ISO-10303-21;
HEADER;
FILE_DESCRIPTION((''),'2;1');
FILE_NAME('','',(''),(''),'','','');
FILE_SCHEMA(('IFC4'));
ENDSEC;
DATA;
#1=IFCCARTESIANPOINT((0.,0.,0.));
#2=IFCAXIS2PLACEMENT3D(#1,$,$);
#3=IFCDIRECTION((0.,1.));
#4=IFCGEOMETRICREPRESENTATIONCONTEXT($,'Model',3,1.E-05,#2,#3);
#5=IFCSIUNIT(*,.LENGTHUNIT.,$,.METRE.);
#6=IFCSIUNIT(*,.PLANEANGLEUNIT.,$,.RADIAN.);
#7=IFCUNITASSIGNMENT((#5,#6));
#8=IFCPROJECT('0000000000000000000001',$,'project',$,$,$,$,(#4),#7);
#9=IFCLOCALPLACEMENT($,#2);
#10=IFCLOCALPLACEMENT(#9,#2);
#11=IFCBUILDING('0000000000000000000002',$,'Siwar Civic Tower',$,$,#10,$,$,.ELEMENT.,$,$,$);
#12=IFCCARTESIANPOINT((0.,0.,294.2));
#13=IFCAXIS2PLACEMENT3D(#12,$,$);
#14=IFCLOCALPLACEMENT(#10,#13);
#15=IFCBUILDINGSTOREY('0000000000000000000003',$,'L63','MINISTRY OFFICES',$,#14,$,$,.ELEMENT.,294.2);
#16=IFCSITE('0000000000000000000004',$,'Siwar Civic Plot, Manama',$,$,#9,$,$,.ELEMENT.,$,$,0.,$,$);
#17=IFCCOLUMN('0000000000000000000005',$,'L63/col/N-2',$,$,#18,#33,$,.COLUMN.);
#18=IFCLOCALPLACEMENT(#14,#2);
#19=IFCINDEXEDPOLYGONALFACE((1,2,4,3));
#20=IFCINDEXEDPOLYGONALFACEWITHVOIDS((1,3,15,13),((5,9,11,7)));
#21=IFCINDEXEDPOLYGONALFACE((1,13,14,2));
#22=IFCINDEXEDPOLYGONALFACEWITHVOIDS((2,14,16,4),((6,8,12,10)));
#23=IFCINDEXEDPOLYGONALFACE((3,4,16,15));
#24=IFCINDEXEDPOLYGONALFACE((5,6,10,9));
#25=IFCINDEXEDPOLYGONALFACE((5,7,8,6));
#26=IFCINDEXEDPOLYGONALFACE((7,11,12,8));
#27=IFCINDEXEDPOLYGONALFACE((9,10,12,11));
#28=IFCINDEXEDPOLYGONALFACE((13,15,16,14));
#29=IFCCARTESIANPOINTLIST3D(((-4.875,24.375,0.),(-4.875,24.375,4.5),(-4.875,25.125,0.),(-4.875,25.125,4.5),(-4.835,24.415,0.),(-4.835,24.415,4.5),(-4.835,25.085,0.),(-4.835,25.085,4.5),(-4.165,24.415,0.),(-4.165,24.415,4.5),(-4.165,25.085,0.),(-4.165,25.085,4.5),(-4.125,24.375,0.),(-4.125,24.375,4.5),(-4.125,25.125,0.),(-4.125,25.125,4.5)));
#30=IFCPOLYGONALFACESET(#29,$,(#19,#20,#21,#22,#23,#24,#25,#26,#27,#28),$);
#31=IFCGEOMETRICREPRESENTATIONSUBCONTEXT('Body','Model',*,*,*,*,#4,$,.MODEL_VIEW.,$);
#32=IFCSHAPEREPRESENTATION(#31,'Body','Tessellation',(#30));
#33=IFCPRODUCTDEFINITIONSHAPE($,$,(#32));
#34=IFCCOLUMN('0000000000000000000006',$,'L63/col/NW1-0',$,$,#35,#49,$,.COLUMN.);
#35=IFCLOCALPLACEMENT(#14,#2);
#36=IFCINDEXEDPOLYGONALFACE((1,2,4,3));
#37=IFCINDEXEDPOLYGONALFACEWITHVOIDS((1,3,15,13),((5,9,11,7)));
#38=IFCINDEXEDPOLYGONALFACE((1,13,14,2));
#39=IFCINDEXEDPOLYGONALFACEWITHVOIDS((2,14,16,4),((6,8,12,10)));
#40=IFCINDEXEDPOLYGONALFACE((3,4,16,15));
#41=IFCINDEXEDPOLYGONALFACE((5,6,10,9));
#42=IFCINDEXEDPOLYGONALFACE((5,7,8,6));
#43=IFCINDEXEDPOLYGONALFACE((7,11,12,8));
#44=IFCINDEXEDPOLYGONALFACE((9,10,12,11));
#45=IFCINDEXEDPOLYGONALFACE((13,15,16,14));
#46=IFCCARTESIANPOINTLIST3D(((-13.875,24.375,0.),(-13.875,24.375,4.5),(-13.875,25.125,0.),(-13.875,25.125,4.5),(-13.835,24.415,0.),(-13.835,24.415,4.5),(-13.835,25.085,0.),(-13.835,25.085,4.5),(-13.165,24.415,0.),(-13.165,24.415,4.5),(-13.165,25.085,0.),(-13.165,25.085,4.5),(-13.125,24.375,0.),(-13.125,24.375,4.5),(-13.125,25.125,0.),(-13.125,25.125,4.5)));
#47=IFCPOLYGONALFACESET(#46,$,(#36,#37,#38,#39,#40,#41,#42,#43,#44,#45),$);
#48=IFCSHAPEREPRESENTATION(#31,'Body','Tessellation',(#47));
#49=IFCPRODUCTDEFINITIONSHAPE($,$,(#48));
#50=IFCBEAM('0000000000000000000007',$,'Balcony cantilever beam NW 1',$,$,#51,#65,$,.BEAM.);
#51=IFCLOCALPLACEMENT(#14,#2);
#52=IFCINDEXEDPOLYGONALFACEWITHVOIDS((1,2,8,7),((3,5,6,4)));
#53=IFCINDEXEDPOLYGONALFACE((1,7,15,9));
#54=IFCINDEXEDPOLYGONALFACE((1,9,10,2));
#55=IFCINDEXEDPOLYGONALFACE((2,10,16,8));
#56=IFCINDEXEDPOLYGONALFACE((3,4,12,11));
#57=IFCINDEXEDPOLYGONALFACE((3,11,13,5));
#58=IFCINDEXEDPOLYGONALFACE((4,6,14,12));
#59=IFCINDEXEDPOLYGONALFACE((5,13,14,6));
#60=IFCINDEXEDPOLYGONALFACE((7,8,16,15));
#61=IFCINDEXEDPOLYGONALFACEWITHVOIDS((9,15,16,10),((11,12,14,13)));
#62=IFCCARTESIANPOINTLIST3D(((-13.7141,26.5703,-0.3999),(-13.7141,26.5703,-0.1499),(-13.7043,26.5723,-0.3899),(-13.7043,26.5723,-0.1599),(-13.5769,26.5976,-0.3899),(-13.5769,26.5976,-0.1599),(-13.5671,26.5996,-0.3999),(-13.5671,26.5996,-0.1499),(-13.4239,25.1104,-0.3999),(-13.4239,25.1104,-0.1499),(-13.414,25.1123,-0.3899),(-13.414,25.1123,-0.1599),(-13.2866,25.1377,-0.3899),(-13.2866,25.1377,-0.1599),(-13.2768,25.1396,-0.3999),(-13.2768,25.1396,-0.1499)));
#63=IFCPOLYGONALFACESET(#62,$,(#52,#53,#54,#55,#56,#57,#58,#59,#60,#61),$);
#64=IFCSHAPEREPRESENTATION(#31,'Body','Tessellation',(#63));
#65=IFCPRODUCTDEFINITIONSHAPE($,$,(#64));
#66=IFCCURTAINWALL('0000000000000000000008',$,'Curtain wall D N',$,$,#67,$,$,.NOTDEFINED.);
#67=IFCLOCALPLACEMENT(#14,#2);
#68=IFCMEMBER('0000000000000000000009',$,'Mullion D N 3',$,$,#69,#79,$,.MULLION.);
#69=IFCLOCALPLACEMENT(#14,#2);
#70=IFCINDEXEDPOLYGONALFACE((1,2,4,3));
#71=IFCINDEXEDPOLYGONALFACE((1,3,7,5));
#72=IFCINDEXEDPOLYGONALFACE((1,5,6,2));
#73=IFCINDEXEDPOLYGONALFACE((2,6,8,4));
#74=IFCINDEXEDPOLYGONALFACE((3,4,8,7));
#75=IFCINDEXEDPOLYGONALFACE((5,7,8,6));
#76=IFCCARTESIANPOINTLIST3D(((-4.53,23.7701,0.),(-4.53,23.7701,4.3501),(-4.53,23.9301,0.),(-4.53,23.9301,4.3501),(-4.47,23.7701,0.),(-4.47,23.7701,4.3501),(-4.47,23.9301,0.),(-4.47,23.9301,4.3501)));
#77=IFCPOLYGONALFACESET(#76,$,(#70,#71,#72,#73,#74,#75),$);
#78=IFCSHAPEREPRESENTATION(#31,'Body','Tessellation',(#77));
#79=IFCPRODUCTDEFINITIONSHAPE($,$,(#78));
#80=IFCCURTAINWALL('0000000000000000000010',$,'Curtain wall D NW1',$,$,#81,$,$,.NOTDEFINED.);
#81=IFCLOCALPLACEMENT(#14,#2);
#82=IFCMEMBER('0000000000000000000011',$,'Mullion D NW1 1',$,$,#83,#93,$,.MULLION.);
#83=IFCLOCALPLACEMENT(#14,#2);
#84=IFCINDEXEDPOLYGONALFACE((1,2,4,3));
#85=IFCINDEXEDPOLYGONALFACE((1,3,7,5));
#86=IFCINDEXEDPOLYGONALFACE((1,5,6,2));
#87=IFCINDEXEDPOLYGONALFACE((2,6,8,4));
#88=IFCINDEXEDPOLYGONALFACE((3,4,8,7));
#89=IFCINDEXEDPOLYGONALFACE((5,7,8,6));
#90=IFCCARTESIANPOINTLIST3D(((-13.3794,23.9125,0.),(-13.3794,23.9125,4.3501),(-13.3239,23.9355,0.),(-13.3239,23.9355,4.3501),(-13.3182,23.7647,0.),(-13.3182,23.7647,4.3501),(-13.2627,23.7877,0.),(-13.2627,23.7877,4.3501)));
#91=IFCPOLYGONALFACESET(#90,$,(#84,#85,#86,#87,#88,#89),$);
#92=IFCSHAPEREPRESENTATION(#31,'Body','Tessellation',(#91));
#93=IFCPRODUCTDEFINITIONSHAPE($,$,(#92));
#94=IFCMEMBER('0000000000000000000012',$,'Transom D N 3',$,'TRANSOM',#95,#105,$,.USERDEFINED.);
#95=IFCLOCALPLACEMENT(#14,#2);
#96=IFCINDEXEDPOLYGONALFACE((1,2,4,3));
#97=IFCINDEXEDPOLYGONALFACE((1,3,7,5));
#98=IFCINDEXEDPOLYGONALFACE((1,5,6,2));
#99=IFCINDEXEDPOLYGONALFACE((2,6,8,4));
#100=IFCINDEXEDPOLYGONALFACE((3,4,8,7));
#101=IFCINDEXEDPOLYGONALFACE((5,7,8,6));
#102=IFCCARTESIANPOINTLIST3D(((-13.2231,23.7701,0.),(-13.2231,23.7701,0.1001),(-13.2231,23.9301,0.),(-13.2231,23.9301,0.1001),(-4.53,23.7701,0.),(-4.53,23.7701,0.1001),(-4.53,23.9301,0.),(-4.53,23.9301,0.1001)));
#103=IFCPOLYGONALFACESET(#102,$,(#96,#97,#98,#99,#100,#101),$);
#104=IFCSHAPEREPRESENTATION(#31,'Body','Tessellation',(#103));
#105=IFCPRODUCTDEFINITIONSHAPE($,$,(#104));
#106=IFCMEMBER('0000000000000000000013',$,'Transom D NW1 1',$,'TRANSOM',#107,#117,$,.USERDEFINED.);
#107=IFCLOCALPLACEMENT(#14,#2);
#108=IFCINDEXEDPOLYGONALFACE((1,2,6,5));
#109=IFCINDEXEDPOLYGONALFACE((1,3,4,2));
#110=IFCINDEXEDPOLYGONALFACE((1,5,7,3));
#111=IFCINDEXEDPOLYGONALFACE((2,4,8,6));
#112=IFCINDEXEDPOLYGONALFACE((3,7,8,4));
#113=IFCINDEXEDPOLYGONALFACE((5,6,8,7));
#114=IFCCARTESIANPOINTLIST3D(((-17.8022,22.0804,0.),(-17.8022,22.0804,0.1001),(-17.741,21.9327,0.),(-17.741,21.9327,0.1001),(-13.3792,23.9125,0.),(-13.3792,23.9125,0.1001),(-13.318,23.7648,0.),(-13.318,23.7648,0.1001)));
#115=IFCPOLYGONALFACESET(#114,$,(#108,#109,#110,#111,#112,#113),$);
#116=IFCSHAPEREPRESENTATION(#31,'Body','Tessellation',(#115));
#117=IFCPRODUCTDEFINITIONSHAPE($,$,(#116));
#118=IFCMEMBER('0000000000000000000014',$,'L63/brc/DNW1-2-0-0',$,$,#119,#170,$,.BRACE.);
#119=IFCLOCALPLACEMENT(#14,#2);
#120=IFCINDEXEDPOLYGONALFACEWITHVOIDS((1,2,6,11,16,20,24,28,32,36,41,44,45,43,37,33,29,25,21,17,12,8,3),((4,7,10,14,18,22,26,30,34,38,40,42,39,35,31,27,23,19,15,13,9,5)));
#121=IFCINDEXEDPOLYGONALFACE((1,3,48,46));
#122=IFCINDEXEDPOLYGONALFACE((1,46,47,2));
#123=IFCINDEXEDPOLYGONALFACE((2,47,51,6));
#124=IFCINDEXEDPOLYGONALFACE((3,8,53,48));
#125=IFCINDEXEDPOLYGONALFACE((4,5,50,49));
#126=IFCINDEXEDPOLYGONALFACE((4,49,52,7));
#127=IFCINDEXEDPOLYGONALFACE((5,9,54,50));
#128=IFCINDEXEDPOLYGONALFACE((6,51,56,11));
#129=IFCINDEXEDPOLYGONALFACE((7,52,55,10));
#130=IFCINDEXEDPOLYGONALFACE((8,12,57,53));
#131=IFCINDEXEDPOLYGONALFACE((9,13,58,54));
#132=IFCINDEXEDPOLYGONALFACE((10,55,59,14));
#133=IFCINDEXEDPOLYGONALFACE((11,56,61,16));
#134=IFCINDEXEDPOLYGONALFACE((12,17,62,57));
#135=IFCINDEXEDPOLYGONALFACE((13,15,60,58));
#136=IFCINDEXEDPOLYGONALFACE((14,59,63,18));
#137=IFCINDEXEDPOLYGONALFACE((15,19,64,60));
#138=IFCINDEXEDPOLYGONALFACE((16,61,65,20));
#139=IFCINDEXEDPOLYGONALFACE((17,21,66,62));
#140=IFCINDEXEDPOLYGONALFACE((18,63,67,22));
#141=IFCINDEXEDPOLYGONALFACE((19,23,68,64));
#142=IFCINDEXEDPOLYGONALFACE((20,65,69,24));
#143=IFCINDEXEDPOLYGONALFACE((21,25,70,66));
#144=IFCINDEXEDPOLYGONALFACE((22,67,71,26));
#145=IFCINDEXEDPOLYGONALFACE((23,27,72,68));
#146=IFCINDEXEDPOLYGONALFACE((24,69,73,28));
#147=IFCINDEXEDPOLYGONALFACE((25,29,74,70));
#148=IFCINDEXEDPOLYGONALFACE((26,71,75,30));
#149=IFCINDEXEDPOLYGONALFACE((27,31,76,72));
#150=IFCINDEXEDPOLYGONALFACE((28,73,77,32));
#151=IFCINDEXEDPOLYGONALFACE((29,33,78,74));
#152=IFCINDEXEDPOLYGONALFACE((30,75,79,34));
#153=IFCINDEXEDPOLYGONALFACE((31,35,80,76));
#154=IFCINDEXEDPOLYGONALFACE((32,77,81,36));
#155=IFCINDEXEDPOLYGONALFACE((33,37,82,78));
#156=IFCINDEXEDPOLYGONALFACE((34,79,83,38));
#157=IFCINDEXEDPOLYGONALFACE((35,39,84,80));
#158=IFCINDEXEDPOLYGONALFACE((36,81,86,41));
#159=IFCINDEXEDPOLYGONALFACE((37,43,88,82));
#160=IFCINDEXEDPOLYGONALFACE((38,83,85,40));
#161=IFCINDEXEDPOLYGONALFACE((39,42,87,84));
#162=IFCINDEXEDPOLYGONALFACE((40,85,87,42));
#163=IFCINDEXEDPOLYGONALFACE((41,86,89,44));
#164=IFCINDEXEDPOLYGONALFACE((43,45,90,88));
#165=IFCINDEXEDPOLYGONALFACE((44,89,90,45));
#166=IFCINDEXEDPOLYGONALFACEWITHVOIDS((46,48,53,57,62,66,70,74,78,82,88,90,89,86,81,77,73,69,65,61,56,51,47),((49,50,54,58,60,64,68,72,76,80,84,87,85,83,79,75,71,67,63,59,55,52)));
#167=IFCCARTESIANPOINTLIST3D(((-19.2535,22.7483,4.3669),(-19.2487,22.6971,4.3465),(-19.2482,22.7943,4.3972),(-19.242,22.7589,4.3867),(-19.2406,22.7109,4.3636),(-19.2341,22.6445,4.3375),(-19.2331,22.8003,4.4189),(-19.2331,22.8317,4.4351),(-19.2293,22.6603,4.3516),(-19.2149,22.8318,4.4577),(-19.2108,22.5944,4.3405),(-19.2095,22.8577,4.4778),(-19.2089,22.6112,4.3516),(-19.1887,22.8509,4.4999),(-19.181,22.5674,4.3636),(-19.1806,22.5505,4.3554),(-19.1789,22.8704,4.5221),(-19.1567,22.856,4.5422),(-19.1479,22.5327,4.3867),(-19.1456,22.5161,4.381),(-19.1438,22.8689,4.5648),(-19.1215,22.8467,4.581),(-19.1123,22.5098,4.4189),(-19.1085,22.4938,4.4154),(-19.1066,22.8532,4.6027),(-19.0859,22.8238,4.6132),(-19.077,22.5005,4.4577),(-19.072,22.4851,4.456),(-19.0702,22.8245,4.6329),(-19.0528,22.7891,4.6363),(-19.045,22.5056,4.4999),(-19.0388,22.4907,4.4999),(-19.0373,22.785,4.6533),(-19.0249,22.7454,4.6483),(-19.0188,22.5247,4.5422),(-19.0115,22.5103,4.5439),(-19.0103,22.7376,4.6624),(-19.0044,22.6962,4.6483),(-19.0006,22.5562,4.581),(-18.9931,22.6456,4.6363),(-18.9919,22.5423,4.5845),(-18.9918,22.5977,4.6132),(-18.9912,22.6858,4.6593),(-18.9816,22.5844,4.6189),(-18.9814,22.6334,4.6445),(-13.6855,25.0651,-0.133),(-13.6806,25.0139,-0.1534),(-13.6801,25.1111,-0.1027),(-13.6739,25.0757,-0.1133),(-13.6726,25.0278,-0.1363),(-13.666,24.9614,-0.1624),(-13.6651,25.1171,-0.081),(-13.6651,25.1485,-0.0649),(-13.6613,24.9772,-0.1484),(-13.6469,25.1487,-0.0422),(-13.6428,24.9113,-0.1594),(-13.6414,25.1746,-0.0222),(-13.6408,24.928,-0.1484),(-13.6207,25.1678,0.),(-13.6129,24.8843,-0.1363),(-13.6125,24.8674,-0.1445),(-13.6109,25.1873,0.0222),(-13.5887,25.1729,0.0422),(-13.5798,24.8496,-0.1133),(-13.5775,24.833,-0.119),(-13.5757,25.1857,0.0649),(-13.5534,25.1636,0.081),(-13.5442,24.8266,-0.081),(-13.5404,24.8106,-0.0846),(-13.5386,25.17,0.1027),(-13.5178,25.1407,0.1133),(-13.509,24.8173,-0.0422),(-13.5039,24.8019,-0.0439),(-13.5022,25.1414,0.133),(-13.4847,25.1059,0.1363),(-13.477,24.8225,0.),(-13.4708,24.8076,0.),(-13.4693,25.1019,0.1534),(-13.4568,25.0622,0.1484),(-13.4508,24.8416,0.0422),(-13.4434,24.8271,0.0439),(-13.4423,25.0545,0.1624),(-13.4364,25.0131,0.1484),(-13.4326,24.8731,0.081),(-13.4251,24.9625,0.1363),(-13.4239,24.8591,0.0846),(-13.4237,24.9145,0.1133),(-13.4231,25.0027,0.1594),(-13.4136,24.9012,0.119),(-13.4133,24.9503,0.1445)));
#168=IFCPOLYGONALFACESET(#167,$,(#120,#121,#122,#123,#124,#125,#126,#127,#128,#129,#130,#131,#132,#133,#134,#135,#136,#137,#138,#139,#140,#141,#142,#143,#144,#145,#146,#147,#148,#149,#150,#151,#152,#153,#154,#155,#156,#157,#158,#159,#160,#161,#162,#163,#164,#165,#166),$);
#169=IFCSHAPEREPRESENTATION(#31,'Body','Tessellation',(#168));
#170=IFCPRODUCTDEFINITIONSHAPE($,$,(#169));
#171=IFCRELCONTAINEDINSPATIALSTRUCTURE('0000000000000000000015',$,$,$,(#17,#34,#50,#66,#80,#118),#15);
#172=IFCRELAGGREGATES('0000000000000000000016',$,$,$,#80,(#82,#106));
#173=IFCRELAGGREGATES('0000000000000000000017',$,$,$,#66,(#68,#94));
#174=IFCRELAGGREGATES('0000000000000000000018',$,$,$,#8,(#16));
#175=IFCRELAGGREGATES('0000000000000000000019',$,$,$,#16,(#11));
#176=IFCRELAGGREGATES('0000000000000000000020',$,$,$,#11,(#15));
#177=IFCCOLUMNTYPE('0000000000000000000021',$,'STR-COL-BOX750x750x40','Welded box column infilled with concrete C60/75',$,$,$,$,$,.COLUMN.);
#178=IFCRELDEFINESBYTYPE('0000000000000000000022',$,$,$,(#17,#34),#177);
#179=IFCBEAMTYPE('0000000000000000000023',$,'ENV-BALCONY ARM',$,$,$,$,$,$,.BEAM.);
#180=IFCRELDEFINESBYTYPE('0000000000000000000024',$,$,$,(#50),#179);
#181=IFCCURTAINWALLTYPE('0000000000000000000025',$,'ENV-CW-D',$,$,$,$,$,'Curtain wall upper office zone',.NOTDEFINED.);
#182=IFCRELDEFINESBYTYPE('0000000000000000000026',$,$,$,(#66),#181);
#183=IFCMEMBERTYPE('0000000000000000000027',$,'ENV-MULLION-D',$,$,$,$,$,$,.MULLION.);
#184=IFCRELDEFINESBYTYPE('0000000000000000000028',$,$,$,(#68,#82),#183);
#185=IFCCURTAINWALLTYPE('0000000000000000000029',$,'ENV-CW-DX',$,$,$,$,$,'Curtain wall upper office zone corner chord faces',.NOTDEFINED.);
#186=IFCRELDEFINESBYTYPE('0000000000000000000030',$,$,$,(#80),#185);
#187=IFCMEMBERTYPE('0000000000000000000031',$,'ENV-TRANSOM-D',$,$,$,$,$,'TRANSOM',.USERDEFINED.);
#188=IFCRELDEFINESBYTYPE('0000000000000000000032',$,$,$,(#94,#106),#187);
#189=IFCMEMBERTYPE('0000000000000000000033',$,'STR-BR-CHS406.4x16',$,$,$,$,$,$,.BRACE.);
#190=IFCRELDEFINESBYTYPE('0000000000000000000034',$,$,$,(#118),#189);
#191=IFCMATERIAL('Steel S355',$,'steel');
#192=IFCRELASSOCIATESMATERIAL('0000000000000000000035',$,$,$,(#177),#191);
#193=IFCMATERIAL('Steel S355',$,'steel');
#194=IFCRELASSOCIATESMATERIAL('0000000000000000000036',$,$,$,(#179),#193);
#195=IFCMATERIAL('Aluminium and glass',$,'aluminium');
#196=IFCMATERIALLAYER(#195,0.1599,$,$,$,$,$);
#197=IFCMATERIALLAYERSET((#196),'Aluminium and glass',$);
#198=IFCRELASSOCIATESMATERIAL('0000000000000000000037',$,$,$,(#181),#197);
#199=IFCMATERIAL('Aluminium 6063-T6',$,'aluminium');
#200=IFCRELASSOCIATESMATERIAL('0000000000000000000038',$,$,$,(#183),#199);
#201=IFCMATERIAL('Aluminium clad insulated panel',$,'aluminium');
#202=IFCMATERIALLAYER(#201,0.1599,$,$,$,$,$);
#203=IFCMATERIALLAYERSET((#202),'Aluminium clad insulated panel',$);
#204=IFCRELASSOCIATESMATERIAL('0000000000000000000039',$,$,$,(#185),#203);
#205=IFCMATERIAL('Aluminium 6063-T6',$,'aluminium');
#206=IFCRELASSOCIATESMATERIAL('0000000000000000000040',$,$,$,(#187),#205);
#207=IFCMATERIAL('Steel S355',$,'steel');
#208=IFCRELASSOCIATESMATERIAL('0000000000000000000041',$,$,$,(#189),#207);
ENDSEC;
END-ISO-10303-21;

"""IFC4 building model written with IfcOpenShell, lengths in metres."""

from ifc_helpers import new_model, si_unit, direction, frame, origin, origin_2d, place, context, subcontext, project, spatial, rectangle, hollow_rectangle, hollow_circle, extrude, material, layer, layer_set, material_profile, profile_set, type_object, element, aggregate, save


model = new_model("IFC4")

# Units and contexts
model_context = context("Model", 3, precision=1e-05, world=origin(), true_north=direction((0.0, 1.0)))
body_context = subcontext(model_context, "Body", "Model", "MODEL_VIEW")
ifc_project = project(units=[si_unit("LENGTHUNIT", "METRE"), si_unit("PLANEANGLEUNIT", "RADIAN")], contexts=[model_context])

# Site, building, storey
site_placement = place(None, origin())
site = spatial("IfcSite", under=ifc_project, at=site_placement, Name="Siwar Civic Plot, Manama", CompositionType="ELEMENT", RefElevation=0.0)
building_placement = place(site_placement, origin())
building = spatial("IfcBuilding", under=site, at=building_placement, Name="Siwar Civic Tower", CompositionType="ELEMENT")
storey_placement = place(building_placement, frame((0.0, 0.0, 294.2)))
storey = spatial("IfcBuildingStorey", under=building, at=storey_placement, Name="L63", Description="MINISTRY OFFICES", CompositionType="ELEMENT", Elevation=294.2)

# Columns
ifc_material_1 = material(Name="Steel S355", Category="steel")
ifc_material_profile_1 = material_profile(ifc_material_1, hollow_rectangle(XDim=0.75, YDim=0.75, WallThickness=0.04, at=origin_2d()), Name="BOX750x750x40")
ifc_profile_set_1 = profile_set([ifc_material_profile_1], Name="Steel S355")
column_type = type_object("IfcColumnType", Name="STR-COL-BOX750x750x40", Description="Welded box column infilled with concrete C60/75", PredefinedType="COLUMN", material=ifc_profile_set_1)
for number, where, z_axis, x_axis, name in (
    (1, (-4.5, 24.75, 0.0), (0.0, 0.0, 1.0), (1.0, 0.0, 0.0), "L63/col/N-2"),
    (2, (-13.5, 24.75, 0.0), (0.0, 0.0, 1.0), (1.0, 0.0, 0.0), "L63/col/NW1-0"),
):
    element("IfcColumn", number, at=place(storey_placement, frame(where, z_axis=z_axis, x_axis=x_axis)), inside=storey, type_object=column_type, Name=name, PredefinedType="COLUMN", context=body_context, shape_type="SweptSolid", body=[
        extrude(hollow_rectangle(XDim=0.75, YDim=0.75, WallThickness=0.04, at=origin_2d()), origin(), (0.0, 0.0, 1.0), 4.5),
    ])

# Beam
ifc_material_2 = material(Name="Steel S355", Category="steel")
ifc_material_profile_2 = material_profile(ifc_material_2, hollow_rectangle(XDim=0.1499, YDim=0.25, WallThickness=0.01, at=origin_2d()), Name="RHS250x150x10")
ifc_profile_set_2 = profile_set([ifc_material_profile_2], Name="Steel S355")
beam_type_1 = type_object("IfcBeamType", Name="ENV-BALCONY ARM", PredefinedType="BEAM", material=ifc_profile_set_2)
beam_1_placement = place(storey_placement, frame((-13.3503, 25.125, -0.2749), z_axis=(-0.195012, 0.980801, 0.0), x_axis=(-0.980801, -0.195012, 0.0)))
element("IfcBeam", 3, at=beam_1_placement, inside=storey, type_object=beam_type_1, Name="Balcony cantilever beam NW 1", PredefinedType="BEAM", context=body_context, shape_type="SweptSolid", body=[
    extrude(hollow_rectangle(XDim=0.1499, YDim=0.25, WallThickness=0.01, at=origin_2d()), origin(), (0.0, 0.0, 1.0), 1.4885),
])

# Curtain walls, members
ifc_material_3 = material(Name="Aluminium and glass", Category="aluminium")
ifc_layer_1 = layer(ifc_material_3, 0.1599)
ifc_layer_set_1 = layer_set([ifc_layer_1], Name="Aluminium and glass")
curtain_wall_type_1 = type_object("IfcCurtainWallType", Name="ENV-CW-D", ElementType="Curtain wall upper office zone", PredefinedType="NOTDEFINED", material=ifc_layer_set_1)
curtain_wall_1_placement = place(storey_placement, origin())
curtain_wall_1 = element("IfcCurtainWall", 4, at=curtain_wall_1_placement, inside=storey, type_object=curtain_wall_type_1, Name="Curtain wall D N", PredefinedType="NOTDEFINED")
ifc_material_4 = material(Name="Aluminium 6063-T6", Category="aluminium")
ifc_material_profile_3 = material_profile(ifc_material_4, rectangle(XDim=0.1599, YDim=0.0601, at=origin_2d()), Name="AL 160x60")
ifc_profile_set_3 = profile_set([ifc_material_profile_3], Name="Aluminium 6063-T6")
member_type_1 = type_object("IfcMemberType", Name="ENV-MULLION-D", PredefinedType="MULLION", material=ifc_profile_set_3)
member_1_placement = place(storey_placement, frame((-4.5, 23.8501, 0.0), z_axis=(0.0, 0.0, 1.0), x_axis=(0.0, -1.0, 0.0)))
member_1 = element("IfcMember", 5, at=member_1_placement, type_object=member_type_1, Name="Mullion D N 3", PredefinedType="MULLION", context=body_context, shape_type="SweptSolid", body=[
    extrude(rectangle(XDim=0.1599, YDim=0.0601, at=origin_2d()), origin(), (0.0, 0.0, 1.0), 4.3501),
])
ifc_material_5 = material(Name="Aluminium clad insulated panel", Category="aluminium")
ifc_layer_2 = layer(ifc_material_5, 0.1599)
ifc_layer_set_2 = layer_set([ifc_layer_2], Name="Aluminium clad insulated panel")
curtain_wall_type_2 = type_object("IfcCurtainWallType", Name="ENV-CW-DX", ElementType="Curtain wall upper office zone corner chord faces", PredefinedType="NOTDEFINED", material=ifc_layer_set_2)
curtain_wall_2_placement = place(storey_placement, origin())
curtain_wall_2 = element("IfcCurtainWall", 6, at=curtain_wall_2_placement, inside=storey, type_object=curtain_wall_type_2, Name="Curtain wall D NW1", PredefinedType="NOTDEFINED")
member_2_placement = place(storey_placement, frame((-13.321, 23.8501, 0.0), z_axis=(0.0, 0.0, 1.0), x_axis=(0.382683, -0.92388, 0.0)))
member_2 = element("IfcMember", 7, at=member_2_placement, type_object=member_type_1, Name="Mullion D NW1 1", PredefinedType="MULLION", context=body_context, shape_type="SweptSolid", body=[
    extrude(rectangle(XDim=0.1599, YDim=0.0601, at=origin_2d()), origin(), (0.0, 0.0, 1.0), 4.3501),
])

# Members
ifc_material_6 = material(Name="Aluminium 6063-T6", Category="aluminium")
ifc_material_profile_4 = material_profile(ifc_material_6, rectangle(XDim=0.1599, YDim=0.1001, at=origin_2d()), Name="AL 160x100")
ifc_profile_set_4 = profile_set([ifc_material_profile_4], Name="Aluminium 6063-T6")
member_type_2 = type_object("IfcMemberType", Name="ENV-TRANSOM-D", ElementType="TRANSOM", PredefinedType="USERDEFINED", material=ifc_profile_set_4)
member_3_placement = place(storey_placement, frame((-4.53, 23.8501, 0.05), z_axis=(-1.0, 0.0, 0.0), x_axis=(0.0, -1.0, 0.0)))
member_3 = element("IfcMember", 8, at=member_3_placement, type_object=member_type_2, Name="Transom D N 3", ObjectType="TRANSOM", PredefinedType="USERDEFINED", context=body_context, shape_type="SweptSolid", body=[
    extrude(rectangle(XDim=0.1599, YDim=0.1001, at=origin_2d()), origin(), (0.0, 0.0, 1.0), 8.6931),
])
member_4_placement = place(storey_placement, frame((-13.3486, 23.8386, 0.05), z_axis=(-0.923878, -0.382688, 0.0), x_axis=(0.382688, -0.923878, 0.0)))
member_4 = element("IfcMember", 9, at=member_4_placement, type_object=member_type_2, Name="Transom D NW1 1", ObjectType="TRANSOM", PredefinedType="USERDEFINED", context=body_context, shape_type="SweptSolid", body=[
    extrude(rectangle(XDim=0.1599, YDim=0.1001, at=origin_2d()), origin(), (0.0, 0.0, 1.0), 4.7874),
])
aggregate(curtain_wall_2, [member_2, member_4])
ifc_material_7 = material(Name="Steel S355", Category="steel")
ifc_material_profile_5 = material_profile(ifc_material_7, hollow_circle(Radius=0.2031, WallThickness=0.0161, at=origin_2d()), Name="CHS406.4x16")
ifc_profile_set_5 = profile_set([ifc_material_profile_5], Name="Steel S355")
member_type_3 = type_object("IfcMemberType", Name="STR-BR-CHS406.4x16", PredefinedType="BRACE", material=ifc_profile_set_5)
member_5_placement = place(storey_placement, frame((-13.5488, 24.9951, 0.0), z_axis=(-0.739973, -0.307903, 0.598026), x_axis=(0.38417, -0.923262, 0.0)))
element("IfcMember", 10, at=member_5_placement, inside=storey, type_object=member_type_3, Name="L63/brc/DNW1-2-0-0", PredefinedType="BRACE", context=body_context, shape_type="SweptSolid", body=[
    extrude(hollow_circle(Radius=0.2031, WallThickness=0.0161, at=origin_2d()), origin(), (0.0, 0.0, 1.0), 7.5247),
])

aggregate(curtain_wall_1, [member_1, member_3])

save(model, "model.ifc")
